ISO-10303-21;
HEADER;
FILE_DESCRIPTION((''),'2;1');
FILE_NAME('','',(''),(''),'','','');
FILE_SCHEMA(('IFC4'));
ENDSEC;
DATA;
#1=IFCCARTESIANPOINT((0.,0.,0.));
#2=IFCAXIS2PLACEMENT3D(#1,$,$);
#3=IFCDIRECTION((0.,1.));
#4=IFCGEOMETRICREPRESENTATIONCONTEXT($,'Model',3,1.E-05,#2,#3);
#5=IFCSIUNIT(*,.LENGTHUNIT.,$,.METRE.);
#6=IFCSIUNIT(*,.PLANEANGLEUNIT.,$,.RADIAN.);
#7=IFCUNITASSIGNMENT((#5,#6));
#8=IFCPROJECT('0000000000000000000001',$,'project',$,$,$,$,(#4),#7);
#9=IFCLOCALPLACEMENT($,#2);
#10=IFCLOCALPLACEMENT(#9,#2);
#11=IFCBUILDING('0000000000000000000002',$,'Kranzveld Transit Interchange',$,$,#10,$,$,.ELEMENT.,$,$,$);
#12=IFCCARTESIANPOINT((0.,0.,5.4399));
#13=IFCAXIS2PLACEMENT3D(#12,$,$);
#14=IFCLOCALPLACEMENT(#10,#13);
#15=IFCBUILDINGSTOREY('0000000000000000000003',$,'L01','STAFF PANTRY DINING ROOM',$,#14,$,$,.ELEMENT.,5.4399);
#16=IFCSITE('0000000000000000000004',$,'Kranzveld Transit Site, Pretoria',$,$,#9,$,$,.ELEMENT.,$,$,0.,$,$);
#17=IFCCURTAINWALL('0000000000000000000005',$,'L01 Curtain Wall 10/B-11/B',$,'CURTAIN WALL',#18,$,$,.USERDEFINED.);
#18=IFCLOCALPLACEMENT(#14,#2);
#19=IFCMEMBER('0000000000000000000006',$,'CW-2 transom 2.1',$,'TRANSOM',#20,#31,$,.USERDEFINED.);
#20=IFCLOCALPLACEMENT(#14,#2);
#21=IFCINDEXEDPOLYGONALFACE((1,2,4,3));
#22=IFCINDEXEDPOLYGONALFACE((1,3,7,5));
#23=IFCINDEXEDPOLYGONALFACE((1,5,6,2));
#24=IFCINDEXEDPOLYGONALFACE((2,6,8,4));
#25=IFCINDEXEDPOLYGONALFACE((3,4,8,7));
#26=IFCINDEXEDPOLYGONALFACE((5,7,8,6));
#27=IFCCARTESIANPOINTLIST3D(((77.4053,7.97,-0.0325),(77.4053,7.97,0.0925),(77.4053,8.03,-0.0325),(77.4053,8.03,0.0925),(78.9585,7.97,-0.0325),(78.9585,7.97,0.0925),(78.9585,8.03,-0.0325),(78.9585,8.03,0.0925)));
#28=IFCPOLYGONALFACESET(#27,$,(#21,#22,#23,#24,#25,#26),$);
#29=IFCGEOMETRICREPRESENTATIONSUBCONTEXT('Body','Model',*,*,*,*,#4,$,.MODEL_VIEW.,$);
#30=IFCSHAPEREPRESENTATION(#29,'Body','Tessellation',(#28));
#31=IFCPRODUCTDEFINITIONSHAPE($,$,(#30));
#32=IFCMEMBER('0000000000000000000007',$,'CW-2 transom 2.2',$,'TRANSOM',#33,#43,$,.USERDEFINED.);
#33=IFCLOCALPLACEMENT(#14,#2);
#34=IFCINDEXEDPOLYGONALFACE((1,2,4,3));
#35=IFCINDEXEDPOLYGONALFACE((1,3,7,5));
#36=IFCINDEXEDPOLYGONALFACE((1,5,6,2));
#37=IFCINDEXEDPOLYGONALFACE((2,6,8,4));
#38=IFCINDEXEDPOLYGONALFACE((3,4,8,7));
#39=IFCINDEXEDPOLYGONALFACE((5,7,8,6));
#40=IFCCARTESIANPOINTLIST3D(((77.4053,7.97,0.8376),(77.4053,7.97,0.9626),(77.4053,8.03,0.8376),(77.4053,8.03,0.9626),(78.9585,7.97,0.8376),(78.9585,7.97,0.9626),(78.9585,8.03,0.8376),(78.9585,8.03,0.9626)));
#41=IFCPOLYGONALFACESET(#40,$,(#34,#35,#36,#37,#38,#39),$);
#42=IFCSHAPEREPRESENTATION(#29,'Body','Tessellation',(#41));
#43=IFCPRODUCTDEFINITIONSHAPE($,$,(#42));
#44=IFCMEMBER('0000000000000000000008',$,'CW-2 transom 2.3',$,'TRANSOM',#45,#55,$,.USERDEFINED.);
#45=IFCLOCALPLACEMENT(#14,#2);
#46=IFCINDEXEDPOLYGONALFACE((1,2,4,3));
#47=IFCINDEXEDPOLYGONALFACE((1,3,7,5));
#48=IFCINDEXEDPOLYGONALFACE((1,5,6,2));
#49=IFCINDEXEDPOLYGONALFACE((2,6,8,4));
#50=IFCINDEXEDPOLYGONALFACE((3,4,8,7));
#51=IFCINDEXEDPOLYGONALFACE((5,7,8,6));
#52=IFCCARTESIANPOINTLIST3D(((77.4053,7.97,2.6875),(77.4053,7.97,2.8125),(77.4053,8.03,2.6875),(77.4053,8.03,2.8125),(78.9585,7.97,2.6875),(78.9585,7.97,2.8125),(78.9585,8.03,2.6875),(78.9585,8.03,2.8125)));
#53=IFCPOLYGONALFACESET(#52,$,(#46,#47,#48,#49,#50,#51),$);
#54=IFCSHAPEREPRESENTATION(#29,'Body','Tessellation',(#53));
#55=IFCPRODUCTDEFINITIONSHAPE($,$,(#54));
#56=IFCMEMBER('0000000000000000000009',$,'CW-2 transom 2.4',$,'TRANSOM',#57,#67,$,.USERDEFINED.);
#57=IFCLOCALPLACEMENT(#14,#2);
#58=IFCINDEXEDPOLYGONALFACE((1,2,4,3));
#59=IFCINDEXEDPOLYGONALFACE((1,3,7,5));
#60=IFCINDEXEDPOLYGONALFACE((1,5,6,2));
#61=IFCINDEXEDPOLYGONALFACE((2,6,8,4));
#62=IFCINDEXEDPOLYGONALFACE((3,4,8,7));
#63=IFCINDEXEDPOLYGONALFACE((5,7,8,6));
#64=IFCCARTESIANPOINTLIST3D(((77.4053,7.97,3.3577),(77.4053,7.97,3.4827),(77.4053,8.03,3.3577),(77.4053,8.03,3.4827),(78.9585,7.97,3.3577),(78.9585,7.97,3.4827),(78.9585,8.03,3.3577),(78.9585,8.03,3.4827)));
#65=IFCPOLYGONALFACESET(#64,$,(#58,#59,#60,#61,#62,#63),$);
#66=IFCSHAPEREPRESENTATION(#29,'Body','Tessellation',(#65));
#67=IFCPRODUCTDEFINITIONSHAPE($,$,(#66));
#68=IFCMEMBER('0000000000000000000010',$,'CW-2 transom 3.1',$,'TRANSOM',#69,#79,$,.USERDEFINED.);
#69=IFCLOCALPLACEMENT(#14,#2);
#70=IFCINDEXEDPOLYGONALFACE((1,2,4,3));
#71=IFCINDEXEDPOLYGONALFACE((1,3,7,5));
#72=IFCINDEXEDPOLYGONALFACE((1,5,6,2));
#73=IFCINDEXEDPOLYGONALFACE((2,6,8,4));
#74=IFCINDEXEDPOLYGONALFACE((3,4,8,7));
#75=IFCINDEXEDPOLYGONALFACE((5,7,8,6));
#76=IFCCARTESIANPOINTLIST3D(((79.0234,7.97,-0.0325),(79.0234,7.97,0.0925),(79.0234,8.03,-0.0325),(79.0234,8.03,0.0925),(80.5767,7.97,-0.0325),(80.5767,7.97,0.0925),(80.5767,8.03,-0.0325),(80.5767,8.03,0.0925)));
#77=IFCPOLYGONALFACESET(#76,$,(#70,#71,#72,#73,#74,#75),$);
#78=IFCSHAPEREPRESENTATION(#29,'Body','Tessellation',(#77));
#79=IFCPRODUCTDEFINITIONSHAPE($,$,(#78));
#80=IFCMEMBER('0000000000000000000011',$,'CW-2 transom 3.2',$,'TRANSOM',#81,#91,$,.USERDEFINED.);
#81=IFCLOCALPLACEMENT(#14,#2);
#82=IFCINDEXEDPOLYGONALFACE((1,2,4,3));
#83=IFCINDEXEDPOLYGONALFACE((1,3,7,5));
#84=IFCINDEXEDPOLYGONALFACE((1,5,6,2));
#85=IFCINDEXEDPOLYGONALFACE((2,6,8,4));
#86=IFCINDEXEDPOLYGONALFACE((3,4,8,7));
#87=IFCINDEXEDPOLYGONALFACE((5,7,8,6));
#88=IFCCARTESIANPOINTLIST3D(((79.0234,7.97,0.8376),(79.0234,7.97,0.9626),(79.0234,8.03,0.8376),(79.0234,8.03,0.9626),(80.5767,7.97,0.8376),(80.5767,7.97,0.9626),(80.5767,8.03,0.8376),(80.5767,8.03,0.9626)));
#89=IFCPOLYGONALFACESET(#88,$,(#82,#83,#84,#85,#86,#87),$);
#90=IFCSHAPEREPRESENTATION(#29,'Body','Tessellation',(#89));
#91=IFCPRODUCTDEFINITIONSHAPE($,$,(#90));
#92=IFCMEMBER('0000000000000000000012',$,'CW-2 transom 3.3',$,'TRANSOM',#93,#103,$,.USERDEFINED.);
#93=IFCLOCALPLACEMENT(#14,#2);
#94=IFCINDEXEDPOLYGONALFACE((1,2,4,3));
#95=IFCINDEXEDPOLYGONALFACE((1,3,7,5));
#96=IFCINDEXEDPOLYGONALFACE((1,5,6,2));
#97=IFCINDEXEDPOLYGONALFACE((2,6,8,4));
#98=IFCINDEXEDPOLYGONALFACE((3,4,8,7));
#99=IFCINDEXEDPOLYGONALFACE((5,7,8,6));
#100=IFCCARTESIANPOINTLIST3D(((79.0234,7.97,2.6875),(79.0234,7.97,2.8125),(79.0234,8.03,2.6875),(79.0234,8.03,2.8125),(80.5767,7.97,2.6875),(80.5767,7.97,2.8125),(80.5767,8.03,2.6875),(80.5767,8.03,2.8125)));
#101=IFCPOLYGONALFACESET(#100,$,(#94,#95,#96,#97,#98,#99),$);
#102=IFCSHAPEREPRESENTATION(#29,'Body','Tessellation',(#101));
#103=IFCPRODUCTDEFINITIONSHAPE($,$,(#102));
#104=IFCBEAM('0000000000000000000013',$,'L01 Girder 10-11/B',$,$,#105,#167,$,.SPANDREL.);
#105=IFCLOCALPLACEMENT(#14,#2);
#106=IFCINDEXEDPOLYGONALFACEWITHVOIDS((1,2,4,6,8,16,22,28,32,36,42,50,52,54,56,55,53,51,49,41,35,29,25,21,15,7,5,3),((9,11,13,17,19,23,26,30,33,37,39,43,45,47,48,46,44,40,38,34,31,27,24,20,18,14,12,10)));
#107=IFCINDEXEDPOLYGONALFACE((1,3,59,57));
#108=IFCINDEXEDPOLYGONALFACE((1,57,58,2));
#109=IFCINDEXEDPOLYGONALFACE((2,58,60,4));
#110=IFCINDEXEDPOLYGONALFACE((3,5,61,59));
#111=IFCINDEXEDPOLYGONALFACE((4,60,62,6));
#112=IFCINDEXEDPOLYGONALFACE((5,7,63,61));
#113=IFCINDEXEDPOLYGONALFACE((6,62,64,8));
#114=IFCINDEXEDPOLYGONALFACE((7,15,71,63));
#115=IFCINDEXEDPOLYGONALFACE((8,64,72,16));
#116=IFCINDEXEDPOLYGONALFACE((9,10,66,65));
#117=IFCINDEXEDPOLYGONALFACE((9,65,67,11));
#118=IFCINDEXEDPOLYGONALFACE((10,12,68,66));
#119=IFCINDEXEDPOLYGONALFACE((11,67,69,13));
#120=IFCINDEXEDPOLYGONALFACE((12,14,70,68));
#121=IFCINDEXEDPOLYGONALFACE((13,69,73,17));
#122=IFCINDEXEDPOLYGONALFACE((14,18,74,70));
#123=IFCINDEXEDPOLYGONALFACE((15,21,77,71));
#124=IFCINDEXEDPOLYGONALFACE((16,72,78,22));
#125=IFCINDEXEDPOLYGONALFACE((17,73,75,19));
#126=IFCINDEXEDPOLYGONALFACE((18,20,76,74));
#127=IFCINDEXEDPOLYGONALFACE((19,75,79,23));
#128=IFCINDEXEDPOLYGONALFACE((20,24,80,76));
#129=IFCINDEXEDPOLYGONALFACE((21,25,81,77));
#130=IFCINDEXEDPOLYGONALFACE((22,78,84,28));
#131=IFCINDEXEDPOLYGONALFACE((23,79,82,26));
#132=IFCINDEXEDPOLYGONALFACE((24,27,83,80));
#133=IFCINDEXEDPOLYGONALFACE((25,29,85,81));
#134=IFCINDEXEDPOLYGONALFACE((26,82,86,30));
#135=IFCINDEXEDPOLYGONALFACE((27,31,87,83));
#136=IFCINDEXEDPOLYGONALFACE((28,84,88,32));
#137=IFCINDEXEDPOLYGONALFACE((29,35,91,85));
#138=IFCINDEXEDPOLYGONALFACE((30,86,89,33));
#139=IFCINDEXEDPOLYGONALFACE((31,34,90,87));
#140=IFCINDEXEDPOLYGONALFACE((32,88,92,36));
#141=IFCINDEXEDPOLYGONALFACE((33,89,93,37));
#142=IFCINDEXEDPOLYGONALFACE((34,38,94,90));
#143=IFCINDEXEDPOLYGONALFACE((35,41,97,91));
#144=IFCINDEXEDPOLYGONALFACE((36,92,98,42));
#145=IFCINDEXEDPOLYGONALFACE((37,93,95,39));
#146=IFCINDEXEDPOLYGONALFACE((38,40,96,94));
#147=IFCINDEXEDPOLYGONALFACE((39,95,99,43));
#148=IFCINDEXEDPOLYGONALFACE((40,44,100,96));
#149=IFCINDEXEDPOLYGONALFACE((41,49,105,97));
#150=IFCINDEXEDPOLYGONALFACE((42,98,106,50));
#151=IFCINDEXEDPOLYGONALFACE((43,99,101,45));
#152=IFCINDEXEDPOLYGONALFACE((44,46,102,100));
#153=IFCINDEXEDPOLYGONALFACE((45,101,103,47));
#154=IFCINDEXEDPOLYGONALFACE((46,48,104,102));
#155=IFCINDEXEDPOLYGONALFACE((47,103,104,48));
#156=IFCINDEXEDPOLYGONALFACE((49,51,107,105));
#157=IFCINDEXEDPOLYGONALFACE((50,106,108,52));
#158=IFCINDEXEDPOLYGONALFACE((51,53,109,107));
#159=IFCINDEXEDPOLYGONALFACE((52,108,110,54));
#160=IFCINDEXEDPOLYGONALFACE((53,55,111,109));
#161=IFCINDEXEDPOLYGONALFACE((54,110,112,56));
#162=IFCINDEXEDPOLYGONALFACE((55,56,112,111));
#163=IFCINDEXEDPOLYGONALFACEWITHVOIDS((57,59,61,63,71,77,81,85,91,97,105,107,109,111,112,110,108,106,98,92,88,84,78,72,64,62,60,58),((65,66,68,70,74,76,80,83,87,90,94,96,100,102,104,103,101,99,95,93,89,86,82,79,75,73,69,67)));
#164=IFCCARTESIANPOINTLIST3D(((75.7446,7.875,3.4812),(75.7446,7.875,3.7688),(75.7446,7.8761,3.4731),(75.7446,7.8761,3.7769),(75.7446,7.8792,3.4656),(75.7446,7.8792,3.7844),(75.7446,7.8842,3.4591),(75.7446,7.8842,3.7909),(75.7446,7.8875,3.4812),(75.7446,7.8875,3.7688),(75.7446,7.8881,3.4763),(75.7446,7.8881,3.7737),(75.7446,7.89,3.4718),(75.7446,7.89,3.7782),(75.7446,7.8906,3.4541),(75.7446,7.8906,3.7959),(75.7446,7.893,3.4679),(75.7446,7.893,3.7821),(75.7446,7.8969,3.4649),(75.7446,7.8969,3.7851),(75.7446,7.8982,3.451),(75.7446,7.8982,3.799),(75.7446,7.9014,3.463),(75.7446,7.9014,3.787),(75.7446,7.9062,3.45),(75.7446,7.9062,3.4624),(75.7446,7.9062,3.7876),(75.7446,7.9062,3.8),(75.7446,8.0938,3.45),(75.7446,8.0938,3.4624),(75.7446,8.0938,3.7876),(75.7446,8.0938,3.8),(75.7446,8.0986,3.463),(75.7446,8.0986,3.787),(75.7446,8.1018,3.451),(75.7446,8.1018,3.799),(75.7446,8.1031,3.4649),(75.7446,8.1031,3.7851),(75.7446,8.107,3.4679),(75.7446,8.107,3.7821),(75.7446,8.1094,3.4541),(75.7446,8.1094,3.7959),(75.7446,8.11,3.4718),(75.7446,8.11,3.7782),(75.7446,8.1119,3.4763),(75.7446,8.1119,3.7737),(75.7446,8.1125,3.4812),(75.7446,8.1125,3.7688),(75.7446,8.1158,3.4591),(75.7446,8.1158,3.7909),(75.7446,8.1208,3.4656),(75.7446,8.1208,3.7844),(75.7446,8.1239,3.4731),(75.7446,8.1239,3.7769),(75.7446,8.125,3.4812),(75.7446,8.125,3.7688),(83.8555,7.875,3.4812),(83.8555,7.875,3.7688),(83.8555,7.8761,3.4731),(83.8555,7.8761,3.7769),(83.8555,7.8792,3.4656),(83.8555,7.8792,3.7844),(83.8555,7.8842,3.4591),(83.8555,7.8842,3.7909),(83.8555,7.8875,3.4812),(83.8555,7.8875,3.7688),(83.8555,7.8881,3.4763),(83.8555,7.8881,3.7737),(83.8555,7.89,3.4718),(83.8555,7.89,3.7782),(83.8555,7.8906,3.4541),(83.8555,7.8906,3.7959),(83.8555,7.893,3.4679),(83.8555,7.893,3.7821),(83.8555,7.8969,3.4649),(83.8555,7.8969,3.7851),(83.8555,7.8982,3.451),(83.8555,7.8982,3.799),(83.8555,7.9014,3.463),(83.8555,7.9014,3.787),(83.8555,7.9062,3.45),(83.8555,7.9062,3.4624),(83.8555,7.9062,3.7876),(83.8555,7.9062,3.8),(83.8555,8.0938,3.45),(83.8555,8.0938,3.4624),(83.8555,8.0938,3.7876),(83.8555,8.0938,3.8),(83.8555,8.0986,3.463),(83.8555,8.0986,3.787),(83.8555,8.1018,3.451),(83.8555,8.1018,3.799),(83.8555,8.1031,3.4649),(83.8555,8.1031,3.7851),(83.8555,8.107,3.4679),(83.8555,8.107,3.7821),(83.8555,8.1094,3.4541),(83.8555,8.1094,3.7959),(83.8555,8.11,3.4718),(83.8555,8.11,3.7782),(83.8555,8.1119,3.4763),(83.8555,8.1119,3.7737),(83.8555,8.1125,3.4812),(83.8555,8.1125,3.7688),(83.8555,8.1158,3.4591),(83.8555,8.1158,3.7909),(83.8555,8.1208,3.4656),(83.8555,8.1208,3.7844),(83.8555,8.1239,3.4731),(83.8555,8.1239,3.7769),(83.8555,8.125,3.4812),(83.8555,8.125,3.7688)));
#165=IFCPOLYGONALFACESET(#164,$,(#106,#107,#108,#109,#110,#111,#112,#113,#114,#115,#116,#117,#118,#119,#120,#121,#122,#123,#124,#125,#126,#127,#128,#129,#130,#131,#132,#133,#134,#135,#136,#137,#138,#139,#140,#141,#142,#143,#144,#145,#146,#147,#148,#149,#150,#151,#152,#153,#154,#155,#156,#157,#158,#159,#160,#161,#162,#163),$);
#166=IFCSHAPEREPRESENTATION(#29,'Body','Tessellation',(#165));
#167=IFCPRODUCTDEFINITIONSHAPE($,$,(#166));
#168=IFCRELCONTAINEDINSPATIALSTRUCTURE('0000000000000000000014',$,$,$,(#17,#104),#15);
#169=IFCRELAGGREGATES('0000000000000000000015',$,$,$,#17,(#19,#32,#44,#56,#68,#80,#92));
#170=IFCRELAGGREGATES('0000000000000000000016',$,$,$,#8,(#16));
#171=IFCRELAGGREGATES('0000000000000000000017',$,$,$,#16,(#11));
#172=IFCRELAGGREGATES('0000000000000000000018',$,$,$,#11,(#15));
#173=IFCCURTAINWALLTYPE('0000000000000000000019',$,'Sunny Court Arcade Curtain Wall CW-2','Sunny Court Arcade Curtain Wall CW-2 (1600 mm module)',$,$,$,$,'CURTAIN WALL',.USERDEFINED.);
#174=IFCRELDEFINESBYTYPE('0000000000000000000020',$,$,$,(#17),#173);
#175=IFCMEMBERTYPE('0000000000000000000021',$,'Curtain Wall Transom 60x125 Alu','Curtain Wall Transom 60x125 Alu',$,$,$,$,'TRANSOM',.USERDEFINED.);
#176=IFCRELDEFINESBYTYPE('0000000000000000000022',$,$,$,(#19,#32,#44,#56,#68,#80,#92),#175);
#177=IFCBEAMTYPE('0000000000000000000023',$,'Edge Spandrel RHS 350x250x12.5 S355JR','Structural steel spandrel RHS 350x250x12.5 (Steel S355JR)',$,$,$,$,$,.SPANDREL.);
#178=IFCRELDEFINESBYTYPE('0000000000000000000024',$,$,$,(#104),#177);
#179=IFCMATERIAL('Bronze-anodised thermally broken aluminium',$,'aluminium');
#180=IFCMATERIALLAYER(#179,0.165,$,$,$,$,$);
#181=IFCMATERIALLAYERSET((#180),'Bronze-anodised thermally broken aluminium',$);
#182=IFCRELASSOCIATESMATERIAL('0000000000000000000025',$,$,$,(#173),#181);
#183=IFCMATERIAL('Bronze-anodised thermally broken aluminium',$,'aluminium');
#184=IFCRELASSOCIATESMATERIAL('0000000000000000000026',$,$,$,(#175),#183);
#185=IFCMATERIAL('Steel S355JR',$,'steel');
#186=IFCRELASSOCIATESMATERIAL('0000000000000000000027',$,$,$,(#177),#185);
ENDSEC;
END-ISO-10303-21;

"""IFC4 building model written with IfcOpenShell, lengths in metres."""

from ifc_helpers import new_model, si_unit, direction, frame, origin, origin_2d, place, context, subcontext, project, spatial, rectangle, hollow_rectangle, extrude, material, layer, layer_set, material_profile, profile_set, type_object, element, aggregate, save


model = new_model("IFC4")

# Units and contexts
model_context = context("Model", 3, precision=1e-05, world=origin(), true_north=direction((0.0, 1.0)))
body_context = subcontext(model_context, "Body", "Model", "MODEL_VIEW")
ifc_project = project(units=[si_unit("LENGTHUNIT", "METRE"), si_unit("PLANEANGLEUNIT", "RADIAN")], contexts=[model_context])

# Site, building, storey
site_placement = place(None, origin())
site = spatial("IfcSite", under=ifc_project, at=site_placement, Name="Kranzveld Transit Site, Pretoria", CompositionType="ELEMENT", RefElevation=0.0)
building_placement = place(site_placement, origin())
building = spatial("IfcBuilding", under=site, at=building_placement, Name="Kranzveld Transit Interchange", CompositionType="ELEMENT")
storey_placement = place(building_placement, frame((0.0, 0.0, 5.4399)))
storey = spatial("IfcBuildingStorey", under=building, at=storey_placement, Name="L01", Description="STAFF PANTRY DINING ROOM", CompositionType="ELEMENT", Elevation=5.4399)

# Curtain wall, members
ifc_material_1 = material(Name="Bronze-anodised thermally broken aluminium", Category="aluminium")
ifc_layer_1 = layer(ifc_material_1, 0.165)
ifc_layer_set_1 = layer_set([ifc_layer_1], Name="Bronze-anodised thermally broken aluminium")
curtain_wall_type = type_object("IfcCurtainWallType", Name="Sunny Court Arcade Curtain Wall CW-2", Description="Sunny Court Arcade Curtain Wall CW-2 (1600 mm module)", ElementType="CURTAIN WALL", PredefinedType="USERDEFINED", material=ifc_layer_set_1)
curtain_wall_placement = place(storey_placement, origin())
curtain_wall = element("IfcCurtainWall", 1, at=curtain_wall_placement, inside=storey, type_object=curtain_wall_type, Name="L01 Curtain Wall 10/B-11/B", ObjectType="CURTAIN WALL", PredefinedType="USERDEFINED")
ifc_material_2 = material(Name="Bronze-anodised thermally broken aluminium", Category="aluminium")
ifc_material_profile_1 = material_profile(ifc_material_2, rectangle(XDim=0.0601, YDim=0.125, at=origin_2d()), Name="ALU TRANSOM 60x125")
ifc_profile_set_1 = profile_set([ifc_material_profile_1], Name="Bronze-anodised thermally broken aluminium")
member_type_1 = type_object("IfcMemberType", Name="Curtain Wall Transom 60x125 Alu", Description="Curtain Wall Transom 60x125 Alu", ElementType="TRANSOM", PredefinedType="USERDEFINED", material=ifc_profile_set_1)
member_1_placement = place(storey_placement, frame((77.4053, 8.0, 0.03), z_axis=(1.0, 0.0, 0.0), x_axis=(0.0, 1.0, 0.0)))
member_1 = element("IfcMember", 2, at=member_1_placement, type_object=member_type_1, Name="CW-2 transom 2.1", ObjectType="TRANSOM", PredefinedType="USERDEFINED", context=body_context, shape_type="SweptSolid", body=[
    extrude(rectangle(XDim=0.0601, YDim=0.125, at=origin_2d()), origin(), (0.0, 0.0, 1.0), 1.5532),
])
member_2_placement = place(storey_placement, frame((77.4053, 8.0, 0.9001), z_axis=(1.0, 0.0, 0.0), x_axis=(0.0, 1.0, 0.0)))
member_2 = element("IfcMember", 3, at=member_2_placement, type_object=member_type_1, Name="CW-2 transom 2.2", ObjectType="TRANSOM", PredefinedType="USERDEFINED", context=body_context, shape_type="SweptSolid", body=[
    extrude(rectangle(XDim=0.0601, YDim=0.125, at=origin_2d()), origin(), (0.0, 0.0, 1.0), 1.5532),
])
member_3_placement = place(storey_placement, frame((77.4053, 8.0, 2.75), z_axis=(1.0, 0.0, 0.0), x_axis=(0.0, 1.0, 0.0)))
member_3 = element("IfcMember", 4, at=member_3_placement, type_object=member_type_1, Name="CW-2 transom 2.3", ObjectType="TRANSOM", PredefinedType="USERDEFINED", context=body_context, shape_type="SweptSolid", body=[
    extrude(rectangle(XDim=0.0601, YDim=0.125, at=origin_2d()), origin(), (0.0, 0.0, 1.0), 1.5532),
])
member_4_placement = place(storey_placement, frame((77.4053, 8.0, 3.4202), z_axis=(1.0, 0.0, 0.0), x_axis=(0.0, 1.0, 0.0)))
member_4 = element("IfcMember", 5, at=member_4_placement, type_object=member_type_1, Name="CW-2 transom 2.4", ObjectType="TRANSOM", PredefinedType="USERDEFINED", context=body_context, shape_type="SweptSolid", body=[
    extrude(rectangle(XDim=0.0601, YDim=0.125, at=origin_2d()), origin(), (0.0, 0.0, 1.0), 1.5532),
])
member_5_placement = place(storey_placement, frame((79.0234, 8.0, 0.03), z_axis=(1.0, 0.0, 0.0), x_axis=(0.0, 1.0, 0.0)))
member_5 = element("IfcMember", 6, at=member_5_placement, type_object=member_type_1, Name="CW-2 transom 3.1", ObjectType="TRANSOM", PredefinedType="USERDEFINED", context=body_context, shape_type="SweptSolid", body=[
    extrude(rectangle(XDim=0.0601, YDim=0.125, at=origin_2d()), origin(), (0.0, 0.0, 1.0), 1.5532),
])
member_6_placement = place(storey_placement, frame((79.0234, 8.0, 0.9001), z_axis=(1.0, 0.0, 0.0), x_axis=(0.0, 1.0, 0.0)))
member_6 = element("IfcMember", 7, at=member_6_placement, type_object=member_type_1, Name="CW-2 transom 3.2", ObjectType="TRANSOM", PredefinedType="USERDEFINED", context=body_context, shape_type="SweptSolid", body=[
    extrude(rectangle(XDim=0.0601, YDim=0.125, at=origin_2d()), origin(), (0.0, 0.0, 1.0), 1.5532),
])
member_7_placement = place(storey_placement, frame((79.0234, 8.0, 2.75), z_axis=(1.0, 0.0, 0.0), x_axis=(0.0, 1.0, 0.0)))
member_7 = element("IfcMember", 8, at=member_7_placement, type_object=member_type_1, Name="CW-2 transom 3.3", ObjectType="TRANSOM", PredefinedType="USERDEFINED", context=body_context, shape_type="SweptSolid", body=[
    extrude(rectangle(XDim=0.0601, YDim=0.125, at=origin_2d()), origin(), (0.0, 0.0, 1.0), 1.5532),
])

# Beam
ifc_material_3 = material(Name="Steel S355JR", Category="steel")
ifc_material_profile_2 = material_profile(ifc_material_3, hollow_rectangle(XDim=0.25, YDim=0.3501, WallThickness=0.0125, InnerFilletRadius=0.0188, OuterFilletRadius=0.0312, at=origin_2d()), Name="RHS 350x250x12.5")
ifc_profile_set_2 = profile_set([ifc_material_profile_2], Name="Steel S355JR")
beam_type_1 = type_object("IfcBeamType", Name="Edge Spandrel RHS 350x250x12.5 S355JR", Description="Structural steel spandrel RHS 350x250x12.5 (Steel S355JR)", PredefinedType="SPANDREL", material=ifc_profile_set_2)
beam_1_placement = place(storey_placement, frame((75.7446, 8.0, 3.625), z_axis=(1.0, 0.0, 0.0), x_axis=(0.0, 1.0, 0.0)))
element("IfcBeam", 9, at=beam_1_placement, inside=storey, type_object=beam_type_1, Name="L01 Girder 10-11/B", PredefinedType="SPANDREL", context=body_context, shape_type="SweptSolid", body=[
    extrude(hollow_rectangle(XDim=0.25, YDim=0.3501, WallThickness=0.0125, InnerFilletRadius=0.0188, OuterFilletRadius=0.0312, at=origin_2d()), origin(), (0.0, 0.0, 1.0), 8.1108),
])

aggregate(curtain_wall, [member_1, member_2, member_3, member_4, member_5, member_6, member_7])

save(model, "model.ifc")
